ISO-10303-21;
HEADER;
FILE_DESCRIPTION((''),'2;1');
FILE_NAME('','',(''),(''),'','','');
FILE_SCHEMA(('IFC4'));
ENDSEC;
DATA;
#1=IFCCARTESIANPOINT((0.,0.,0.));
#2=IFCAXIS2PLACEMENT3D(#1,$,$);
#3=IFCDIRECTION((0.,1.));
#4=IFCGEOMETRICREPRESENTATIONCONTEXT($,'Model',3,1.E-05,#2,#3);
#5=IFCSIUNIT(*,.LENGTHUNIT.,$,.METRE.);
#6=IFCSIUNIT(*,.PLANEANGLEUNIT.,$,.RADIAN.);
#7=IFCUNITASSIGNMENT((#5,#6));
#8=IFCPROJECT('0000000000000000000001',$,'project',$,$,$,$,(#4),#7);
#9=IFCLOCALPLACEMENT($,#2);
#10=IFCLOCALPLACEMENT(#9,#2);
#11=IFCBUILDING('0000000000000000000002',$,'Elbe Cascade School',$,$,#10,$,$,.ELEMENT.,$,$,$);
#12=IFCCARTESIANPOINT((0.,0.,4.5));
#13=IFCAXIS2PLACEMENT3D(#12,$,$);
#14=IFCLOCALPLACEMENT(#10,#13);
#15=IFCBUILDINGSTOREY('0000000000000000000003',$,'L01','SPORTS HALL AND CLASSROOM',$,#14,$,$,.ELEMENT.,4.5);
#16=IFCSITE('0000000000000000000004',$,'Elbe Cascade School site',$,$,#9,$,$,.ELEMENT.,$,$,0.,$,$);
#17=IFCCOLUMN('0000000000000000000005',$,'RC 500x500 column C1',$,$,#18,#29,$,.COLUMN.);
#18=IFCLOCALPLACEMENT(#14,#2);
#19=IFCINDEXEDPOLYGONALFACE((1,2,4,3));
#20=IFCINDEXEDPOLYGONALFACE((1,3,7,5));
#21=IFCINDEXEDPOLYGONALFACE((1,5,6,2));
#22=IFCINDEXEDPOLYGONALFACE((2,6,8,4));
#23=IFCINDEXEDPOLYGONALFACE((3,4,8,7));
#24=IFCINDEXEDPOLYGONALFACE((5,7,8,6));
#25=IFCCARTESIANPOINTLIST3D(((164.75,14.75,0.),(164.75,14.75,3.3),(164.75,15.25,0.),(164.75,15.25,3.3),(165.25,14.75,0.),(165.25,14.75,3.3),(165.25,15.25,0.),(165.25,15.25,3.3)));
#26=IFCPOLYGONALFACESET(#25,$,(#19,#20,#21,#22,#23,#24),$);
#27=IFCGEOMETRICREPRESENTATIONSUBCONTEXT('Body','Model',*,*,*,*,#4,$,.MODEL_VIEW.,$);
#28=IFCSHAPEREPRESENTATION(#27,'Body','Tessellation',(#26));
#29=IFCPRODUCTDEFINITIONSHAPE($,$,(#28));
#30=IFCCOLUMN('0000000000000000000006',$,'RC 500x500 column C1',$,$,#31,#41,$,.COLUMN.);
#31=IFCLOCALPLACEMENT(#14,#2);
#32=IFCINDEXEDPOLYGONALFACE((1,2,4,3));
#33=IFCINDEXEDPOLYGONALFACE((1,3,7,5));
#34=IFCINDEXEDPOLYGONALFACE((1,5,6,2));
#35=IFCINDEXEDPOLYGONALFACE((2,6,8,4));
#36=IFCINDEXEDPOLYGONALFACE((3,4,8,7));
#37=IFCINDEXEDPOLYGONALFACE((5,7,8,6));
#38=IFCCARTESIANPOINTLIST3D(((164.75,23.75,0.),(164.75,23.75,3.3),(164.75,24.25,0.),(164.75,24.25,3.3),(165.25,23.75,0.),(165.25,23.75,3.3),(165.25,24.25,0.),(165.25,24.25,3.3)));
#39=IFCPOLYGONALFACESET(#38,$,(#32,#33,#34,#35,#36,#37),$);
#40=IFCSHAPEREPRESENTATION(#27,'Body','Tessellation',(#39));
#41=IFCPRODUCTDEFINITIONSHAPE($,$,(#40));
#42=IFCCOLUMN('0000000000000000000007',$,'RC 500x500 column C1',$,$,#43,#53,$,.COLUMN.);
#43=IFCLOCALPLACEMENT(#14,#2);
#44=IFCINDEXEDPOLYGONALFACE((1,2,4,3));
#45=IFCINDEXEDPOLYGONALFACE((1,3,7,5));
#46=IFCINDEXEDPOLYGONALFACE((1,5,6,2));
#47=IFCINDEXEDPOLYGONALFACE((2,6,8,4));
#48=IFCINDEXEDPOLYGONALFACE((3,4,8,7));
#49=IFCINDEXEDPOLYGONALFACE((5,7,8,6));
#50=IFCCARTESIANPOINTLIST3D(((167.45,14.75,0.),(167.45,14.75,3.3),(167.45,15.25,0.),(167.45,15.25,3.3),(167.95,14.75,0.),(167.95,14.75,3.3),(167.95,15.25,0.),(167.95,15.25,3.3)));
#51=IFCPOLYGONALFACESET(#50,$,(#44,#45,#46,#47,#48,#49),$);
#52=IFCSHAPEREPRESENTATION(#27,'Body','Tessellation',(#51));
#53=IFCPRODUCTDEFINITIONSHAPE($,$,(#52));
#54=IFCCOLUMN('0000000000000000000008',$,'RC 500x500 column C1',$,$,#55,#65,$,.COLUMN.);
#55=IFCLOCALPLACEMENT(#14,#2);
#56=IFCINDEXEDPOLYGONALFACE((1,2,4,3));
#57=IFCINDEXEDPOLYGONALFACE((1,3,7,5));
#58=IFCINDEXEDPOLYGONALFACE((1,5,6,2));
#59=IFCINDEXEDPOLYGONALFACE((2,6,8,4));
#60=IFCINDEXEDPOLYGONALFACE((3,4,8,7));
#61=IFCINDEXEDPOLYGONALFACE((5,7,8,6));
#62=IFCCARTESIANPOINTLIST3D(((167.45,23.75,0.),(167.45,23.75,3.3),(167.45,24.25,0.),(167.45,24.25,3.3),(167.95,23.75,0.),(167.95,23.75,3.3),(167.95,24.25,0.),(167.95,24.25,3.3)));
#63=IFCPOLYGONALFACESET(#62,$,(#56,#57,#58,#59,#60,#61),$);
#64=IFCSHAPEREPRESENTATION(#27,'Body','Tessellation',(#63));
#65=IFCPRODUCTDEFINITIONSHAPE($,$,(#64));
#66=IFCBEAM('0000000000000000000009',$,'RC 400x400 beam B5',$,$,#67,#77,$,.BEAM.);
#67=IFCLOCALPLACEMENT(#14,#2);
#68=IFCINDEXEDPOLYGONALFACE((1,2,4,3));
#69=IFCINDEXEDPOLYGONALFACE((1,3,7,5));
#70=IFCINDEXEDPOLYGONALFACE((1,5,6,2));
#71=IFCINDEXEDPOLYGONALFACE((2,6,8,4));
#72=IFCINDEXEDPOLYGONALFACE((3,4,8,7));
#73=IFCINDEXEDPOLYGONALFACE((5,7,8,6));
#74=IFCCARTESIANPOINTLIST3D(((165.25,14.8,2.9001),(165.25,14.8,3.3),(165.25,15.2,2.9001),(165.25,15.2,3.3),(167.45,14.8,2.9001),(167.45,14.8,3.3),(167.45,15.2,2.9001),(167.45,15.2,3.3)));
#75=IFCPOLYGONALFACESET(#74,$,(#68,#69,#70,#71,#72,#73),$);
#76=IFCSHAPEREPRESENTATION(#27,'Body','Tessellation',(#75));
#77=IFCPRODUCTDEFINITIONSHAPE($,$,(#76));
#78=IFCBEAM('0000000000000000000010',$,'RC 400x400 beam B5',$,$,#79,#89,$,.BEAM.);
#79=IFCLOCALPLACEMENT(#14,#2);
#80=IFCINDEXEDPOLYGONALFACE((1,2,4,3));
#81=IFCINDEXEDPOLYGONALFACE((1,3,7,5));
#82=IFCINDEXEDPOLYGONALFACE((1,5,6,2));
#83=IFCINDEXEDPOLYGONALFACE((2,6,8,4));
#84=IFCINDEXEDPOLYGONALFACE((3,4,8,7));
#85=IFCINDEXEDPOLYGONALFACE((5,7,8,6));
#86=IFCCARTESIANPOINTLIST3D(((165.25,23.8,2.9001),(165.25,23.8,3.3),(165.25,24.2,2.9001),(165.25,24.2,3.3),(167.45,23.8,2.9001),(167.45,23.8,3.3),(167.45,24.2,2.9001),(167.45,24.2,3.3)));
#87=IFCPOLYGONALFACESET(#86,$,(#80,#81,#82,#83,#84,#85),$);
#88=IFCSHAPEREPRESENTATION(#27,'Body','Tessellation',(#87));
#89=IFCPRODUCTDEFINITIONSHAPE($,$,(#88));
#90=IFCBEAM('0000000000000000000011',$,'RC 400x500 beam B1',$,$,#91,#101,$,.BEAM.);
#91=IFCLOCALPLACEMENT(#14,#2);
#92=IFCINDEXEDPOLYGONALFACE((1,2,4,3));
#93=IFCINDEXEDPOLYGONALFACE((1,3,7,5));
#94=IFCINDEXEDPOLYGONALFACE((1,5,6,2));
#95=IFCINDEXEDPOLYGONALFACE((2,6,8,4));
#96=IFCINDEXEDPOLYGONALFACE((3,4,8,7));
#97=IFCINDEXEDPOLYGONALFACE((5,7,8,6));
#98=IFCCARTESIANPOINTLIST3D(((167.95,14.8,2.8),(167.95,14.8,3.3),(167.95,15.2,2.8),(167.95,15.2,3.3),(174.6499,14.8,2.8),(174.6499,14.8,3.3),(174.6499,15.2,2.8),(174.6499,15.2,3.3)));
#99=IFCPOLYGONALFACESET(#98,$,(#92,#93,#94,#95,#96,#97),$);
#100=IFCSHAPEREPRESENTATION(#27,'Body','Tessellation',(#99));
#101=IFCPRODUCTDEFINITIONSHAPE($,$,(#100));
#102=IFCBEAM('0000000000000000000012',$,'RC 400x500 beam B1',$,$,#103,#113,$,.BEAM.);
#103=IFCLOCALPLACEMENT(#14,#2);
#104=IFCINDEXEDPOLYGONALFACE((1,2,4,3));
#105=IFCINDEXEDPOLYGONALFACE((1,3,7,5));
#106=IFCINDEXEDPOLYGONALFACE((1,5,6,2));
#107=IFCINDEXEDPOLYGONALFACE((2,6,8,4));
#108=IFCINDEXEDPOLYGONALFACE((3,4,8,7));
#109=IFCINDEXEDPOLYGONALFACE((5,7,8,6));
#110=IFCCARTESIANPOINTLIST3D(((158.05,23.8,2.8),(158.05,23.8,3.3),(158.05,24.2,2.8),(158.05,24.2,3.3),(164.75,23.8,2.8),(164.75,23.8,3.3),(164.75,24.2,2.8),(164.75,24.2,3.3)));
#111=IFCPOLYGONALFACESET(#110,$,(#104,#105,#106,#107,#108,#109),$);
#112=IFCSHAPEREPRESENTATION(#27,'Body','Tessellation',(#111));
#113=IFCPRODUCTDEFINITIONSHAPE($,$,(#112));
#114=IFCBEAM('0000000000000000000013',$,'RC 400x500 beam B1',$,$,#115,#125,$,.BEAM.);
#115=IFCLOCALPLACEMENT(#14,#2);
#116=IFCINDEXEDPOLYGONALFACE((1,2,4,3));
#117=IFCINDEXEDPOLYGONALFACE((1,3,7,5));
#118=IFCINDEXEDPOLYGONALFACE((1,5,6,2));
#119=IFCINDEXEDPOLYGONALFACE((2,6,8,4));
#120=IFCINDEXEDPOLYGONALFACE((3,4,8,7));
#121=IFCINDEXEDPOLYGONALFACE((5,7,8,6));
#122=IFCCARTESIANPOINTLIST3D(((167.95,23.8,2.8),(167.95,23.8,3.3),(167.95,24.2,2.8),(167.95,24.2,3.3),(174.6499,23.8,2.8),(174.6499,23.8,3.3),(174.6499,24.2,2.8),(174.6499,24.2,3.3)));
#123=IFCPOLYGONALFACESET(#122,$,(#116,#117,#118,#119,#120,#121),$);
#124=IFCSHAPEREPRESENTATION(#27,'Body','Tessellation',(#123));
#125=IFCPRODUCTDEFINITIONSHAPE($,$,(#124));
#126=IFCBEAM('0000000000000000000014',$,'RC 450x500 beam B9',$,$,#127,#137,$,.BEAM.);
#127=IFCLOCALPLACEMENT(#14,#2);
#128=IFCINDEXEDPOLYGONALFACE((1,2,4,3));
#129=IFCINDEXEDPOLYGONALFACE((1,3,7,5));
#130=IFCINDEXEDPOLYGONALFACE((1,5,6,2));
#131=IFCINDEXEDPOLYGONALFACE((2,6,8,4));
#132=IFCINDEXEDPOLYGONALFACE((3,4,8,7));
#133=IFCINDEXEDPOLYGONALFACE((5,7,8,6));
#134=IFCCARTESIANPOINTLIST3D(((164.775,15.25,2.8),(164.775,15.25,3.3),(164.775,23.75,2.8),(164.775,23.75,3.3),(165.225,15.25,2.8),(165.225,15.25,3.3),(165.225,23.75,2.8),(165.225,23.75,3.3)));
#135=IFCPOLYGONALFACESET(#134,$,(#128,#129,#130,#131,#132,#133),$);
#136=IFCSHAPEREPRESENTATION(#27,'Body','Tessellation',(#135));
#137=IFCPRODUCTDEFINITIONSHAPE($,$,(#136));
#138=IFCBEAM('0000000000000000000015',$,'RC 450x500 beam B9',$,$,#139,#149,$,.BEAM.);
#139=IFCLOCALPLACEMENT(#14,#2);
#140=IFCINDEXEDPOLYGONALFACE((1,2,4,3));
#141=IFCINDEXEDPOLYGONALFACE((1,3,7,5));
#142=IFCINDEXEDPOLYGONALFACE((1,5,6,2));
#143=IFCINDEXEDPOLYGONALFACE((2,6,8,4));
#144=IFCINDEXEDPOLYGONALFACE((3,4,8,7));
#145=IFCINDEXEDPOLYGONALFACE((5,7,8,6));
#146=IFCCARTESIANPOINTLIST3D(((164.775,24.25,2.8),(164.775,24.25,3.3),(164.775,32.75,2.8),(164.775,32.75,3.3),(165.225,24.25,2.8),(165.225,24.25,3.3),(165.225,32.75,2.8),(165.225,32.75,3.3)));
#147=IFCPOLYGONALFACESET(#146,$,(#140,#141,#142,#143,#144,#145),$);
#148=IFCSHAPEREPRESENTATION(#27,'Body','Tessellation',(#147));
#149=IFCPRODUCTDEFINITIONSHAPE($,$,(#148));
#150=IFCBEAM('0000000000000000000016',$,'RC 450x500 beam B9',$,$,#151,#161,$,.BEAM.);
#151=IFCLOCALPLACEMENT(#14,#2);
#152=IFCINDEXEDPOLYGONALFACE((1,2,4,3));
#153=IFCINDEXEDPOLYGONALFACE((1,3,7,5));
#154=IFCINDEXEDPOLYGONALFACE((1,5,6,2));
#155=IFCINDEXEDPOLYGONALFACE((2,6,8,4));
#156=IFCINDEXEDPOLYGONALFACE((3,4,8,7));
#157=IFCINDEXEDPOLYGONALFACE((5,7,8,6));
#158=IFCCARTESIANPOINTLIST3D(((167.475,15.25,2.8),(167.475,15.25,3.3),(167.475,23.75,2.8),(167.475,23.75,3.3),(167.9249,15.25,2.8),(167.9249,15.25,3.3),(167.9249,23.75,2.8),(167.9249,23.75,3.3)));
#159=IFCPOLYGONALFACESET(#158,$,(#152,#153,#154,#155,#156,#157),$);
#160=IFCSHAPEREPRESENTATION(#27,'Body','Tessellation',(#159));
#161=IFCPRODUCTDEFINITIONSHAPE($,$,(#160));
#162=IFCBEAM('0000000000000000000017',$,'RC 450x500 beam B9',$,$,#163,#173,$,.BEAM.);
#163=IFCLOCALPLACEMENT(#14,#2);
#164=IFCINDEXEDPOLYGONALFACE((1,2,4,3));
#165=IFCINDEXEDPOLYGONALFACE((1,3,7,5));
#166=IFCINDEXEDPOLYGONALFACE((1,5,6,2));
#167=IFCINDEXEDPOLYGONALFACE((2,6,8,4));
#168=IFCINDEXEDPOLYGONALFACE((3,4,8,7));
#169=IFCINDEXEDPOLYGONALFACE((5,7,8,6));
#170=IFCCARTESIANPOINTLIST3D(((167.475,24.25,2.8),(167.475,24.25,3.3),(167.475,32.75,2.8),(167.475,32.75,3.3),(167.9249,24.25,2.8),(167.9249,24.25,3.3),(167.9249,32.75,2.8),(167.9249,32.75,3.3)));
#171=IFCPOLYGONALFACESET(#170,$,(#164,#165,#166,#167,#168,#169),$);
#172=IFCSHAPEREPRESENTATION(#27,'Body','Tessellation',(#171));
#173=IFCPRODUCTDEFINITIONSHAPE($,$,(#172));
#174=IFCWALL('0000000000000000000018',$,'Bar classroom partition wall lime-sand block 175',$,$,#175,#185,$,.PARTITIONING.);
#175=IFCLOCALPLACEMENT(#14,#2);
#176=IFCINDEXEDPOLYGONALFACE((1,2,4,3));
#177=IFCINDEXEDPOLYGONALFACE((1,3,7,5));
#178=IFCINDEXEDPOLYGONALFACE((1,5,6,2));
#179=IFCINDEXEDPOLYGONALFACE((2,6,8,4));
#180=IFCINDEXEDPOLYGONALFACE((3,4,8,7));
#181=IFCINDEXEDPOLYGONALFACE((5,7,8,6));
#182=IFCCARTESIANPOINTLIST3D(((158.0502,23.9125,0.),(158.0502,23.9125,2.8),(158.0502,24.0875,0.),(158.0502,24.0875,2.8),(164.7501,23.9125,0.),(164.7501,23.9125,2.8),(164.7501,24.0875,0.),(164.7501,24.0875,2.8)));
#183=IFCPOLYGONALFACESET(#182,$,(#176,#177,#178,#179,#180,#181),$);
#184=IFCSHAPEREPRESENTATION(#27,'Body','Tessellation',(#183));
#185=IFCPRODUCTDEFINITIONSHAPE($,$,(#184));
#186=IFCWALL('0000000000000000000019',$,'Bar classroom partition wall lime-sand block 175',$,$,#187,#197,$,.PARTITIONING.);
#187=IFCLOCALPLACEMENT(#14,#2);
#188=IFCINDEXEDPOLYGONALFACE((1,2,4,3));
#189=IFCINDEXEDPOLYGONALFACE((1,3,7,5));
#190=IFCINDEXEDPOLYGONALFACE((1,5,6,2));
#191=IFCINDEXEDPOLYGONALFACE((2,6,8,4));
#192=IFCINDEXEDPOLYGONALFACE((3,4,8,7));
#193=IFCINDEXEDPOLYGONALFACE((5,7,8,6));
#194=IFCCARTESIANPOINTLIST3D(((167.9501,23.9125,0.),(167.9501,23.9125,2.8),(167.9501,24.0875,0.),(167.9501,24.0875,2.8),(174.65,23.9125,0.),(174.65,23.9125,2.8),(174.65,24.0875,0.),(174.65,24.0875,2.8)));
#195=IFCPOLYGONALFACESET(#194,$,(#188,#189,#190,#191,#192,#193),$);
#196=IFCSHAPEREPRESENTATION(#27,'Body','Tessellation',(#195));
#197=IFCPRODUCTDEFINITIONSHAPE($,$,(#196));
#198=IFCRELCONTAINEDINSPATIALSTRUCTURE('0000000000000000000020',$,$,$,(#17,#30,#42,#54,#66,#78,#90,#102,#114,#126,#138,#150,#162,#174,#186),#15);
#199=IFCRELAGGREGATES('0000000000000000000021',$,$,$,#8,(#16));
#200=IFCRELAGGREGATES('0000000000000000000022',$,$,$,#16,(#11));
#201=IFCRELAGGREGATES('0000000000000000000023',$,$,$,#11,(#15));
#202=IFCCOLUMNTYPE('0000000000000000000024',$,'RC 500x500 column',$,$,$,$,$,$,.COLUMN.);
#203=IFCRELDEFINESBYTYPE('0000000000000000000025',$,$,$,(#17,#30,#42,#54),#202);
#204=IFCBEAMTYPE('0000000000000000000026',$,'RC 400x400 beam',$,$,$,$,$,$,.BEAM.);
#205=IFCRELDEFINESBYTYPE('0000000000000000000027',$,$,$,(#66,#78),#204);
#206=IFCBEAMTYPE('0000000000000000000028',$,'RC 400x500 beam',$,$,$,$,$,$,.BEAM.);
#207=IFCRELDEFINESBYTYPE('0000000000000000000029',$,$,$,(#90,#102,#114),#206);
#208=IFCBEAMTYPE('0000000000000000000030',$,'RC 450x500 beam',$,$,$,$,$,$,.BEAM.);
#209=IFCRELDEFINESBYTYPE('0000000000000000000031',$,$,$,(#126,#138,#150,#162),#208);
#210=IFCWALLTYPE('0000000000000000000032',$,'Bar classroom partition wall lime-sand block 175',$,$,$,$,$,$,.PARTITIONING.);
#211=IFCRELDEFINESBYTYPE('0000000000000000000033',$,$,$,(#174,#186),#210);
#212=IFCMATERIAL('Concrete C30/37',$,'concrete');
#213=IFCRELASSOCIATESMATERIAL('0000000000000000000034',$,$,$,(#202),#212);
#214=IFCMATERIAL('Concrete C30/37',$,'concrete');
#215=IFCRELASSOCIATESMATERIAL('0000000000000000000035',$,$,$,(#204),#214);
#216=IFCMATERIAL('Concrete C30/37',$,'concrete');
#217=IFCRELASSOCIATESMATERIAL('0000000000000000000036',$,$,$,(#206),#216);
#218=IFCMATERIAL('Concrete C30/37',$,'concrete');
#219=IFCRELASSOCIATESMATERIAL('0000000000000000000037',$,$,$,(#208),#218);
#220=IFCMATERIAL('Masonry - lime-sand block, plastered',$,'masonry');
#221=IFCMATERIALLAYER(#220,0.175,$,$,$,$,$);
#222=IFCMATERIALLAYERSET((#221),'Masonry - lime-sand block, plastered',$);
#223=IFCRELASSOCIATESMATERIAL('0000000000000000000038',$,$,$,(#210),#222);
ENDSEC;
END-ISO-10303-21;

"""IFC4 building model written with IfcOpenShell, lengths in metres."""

from ifc_helpers import new_model, si_unit, direction, frame, frame_2d, origin, origin_2d, place, context, subcontext, project, spatial, rectangle, extrude, material, layer, layer_set, material_profile, profile_set, type_object, element, save


model = new_model("IFC4")

# Units and contexts
model_context = context("Model", 3, precision=1e-05, world=origin(), true_north=direction((0.0, 1.0)))
body_context = subcontext(model_context, "Body", "Model", "MODEL_VIEW")
ifc_project = project(units=[si_unit("LENGTHUNIT", "METRE"), si_unit("PLANEANGLEUNIT", "RADIAN")], contexts=[model_context])

# Site, building, storey
site_placement = place(None, origin())
site = spatial("IfcSite", under=ifc_project, at=site_placement, Name="Elbe Cascade School site", CompositionType="ELEMENT", RefElevation=0.0)
building_placement = place(site_placement, origin())
building = spatial("IfcBuilding", under=site, at=building_placement, Name="Elbe Cascade School", CompositionType="ELEMENT")
storey_placement = place(building_placement, frame((0.0, 0.0, 4.5)))
storey = spatial("IfcBuildingStorey", under=building, at=storey_placement, Name="L01", Description="SPORTS HALL AND CLASSROOM", CompositionType="ELEMENT", Elevation=4.5)

# Columns
ifc_material_1 = material(Name="Concrete C30/37", Category="concrete")
ifc_material_profile_1 = material_profile(ifc_material_1, rectangle(XDim=0.5, YDim=0.5, at=origin_2d()), Name="RC 500x500")
ifc_profile_set_1 = profile_set([ifc_material_profile_1], Name="Concrete C30/37")
column_type = type_object("IfcColumnType", Name="RC 500x500 column", PredefinedType="COLUMN", material=ifc_profile_set_1)
for number, where, z_axis, x_axis, name in (
    (1, (165.0, 15.0, 0.0), (0.0, 0.0, 1.0), (1.0, 0.0, 0.0), "RC 500x500 column C1"),
    (2, (165.0, 24.0, 0.0), (0.0, 0.0, 1.0), (1.0, 0.0, 0.0), "RC 500x500 column C1"),
    (3, (167.7, 15.0, 0.0), (0.0, 0.0, 1.0), (1.0, 0.0, 0.0), "RC 500x500 column C1"),
    (4, (167.7, 24.0, 0.0), (0.0, 0.0, 1.0), (1.0, 0.0, 0.0), "RC 500x500 column C1"),
):
    element("IfcColumn", number, at=place(storey_placement, frame(where, z_axis=z_axis, x_axis=x_axis)), inside=storey, type_object=column_type, Name=name, PredefinedType="COLUMN", context=body_context, shape_type="SweptSolid", body=[
        extrude(rectangle(XDim=0.5, YDim=0.5, at=origin_2d()), origin(), (0.0, 0.0, 1.0), 3.3),
    ])

# Beams
ifc_material_2 = material(Name="Concrete C30/37", Category="concrete")
ifc_material_profile_2 = material_profile(ifc_material_2, rectangle(XDim=0.3999, YDim=0.3999, at=origin_2d()), Name="RC 400x400")
ifc_profile_set_2 = profile_set([ifc_material_profile_2], Name="Concrete C30/37")
beam_type_1 = type_object("IfcBeamType", Name="RC 400x400 beam", PredefinedType="BEAM", material=ifc_profile_set_2)
for number, where, z_axis, x_axis, name in (
    (5, (165.25, 15.0, 3.1001), (1.0, 0.0, 0.0), (0.0, 1.0, 0.0), "RC 400x400 beam B5"),
    (6, (165.25, 24.0, 3.1001), (1.0, 0.0, 0.0), (0.0, 1.0, 0.0), "RC 400x400 beam B5"),
):
    element("IfcBeam", number, at=place(storey_placement, frame(where, z_axis=z_axis, x_axis=x_axis)), inside=storey, type_object=beam_type_1, Name=name, PredefinedType="BEAM", context=body_context, shape_type="SweptSolid", body=[
        extrude(rectangle(XDim=0.3999, YDim=0.3999, at=origin_2d()), origin(), (0.0, 0.0, 1.0), 2.2),
    ])
ifc_material_3 = material(Name="Concrete C30/37", Category="concrete")
ifc_material_profile_3 = material_profile(ifc_material_3, rectangle(XDim=0.3999, YDim=0.5, at=origin_2d()), Name="RC 400x500")
ifc_profile_set_3 = profile_set([ifc_material_profile_3], Name="Concrete C30/37")
beam_type_2 = type_object("IfcBeamType", Name="RC 400x500 beam", PredefinedType="BEAM", material=ifc_profile_set_3)
for number, where, z_axis, x_axis, name in (
    (7, (167.95, 15.0, 3.05), (1.0, 0.0, 0.0), (0.0, 1.0, 0.0), "RC 400x500 beam B1"),
    (8, (158.05, 24.0, 3.05), (1.0, 0.0, 0.0), (0.0, 1.0, 0.0), "RC 400x500 beam B1"),
    (9, (167.95, 24.0, 3.05), (1.0, 0.0, 0.0), (0.0, 1.0, 0.0), "RC 400x500 beam B1"),
):
    element("IfcBeam", number, at=place(storey_placement, frame(where, z_axis=z_axis, x_axis=x_axis)), inside=storey, type_object=beam_type_2, Name=name, PredefinedType="BEAM", context=body_context, shape_type="SweptSolid", body=[
        extrude(rectangle(XDim=0.3999, YDim=0.5, at=origin_2d()), origin(), (0.0, 0.0, 1.0), 6.7),
    ])
ifc_material_4 = material(Name="Concrete C30/37", Category="concrete")
ifc_material_profile_4 = material_profile(ifc_material_4, rectangle(XDim=0.45, YDim=0.5, at=origin_2d()), Name="RC 450x500")
ifc_profile_set_4 = profile_set([ifc_material_profile_4], Name="Concrete C30/37")
beam_type_3 = type_object("IfcBeamType", Name="RC 450x500 beam", PredefinedType="BEAM", material=ifc_profile_set_4)
for number, where, z_axis, x_axis, name in (
    (10, (165.0, 15.25, 3.05), (0.0, 1.0, 0.0), (-1.0, 0.0, 0.0), "RC 450x500 beam B9"),
    (11, (165.0, 24.25, 3.05), (0.0, 1.0, 0.0), (-1.0, 0.0, 0.0), "RC 450x500 beam B9"),
    (12, (167.7, 15.25, 3.05), (0.0, 1.0, 0.0), (-1.0, 0.0, 0.0), "RC 450x500 beam B9"),
    (13, (167.7, 24.25, 3.05), (0.0, 1.0, 0.0), (-1.0, 0.0, 0.0), "RC 450x500 beam B9"),
):
    element("IfcBeam", number, at=place(storey_placement, frame(where, z_axis=z_axis, x_axis=x_axis)), inside=storey, type_object=beam_type_3, Name=name, PredefinedType="BEAM", context=body_context, shape_type="SweptSolid", body=[
        extrude(rectangle(XDim=0.45, YDim=0.5, at=origin_2d()), origin(), (0.0, 0.0, 1.0), 8.5),
    ])

# Walls
ifc_material_5 = material(Name="Masonry - lime-sand block, plastered", Category="masonry")
ifc_layer_1 = layer(ifc_material_5, 0.175)
ifc_layer_set_1 = layer_set([ifc_layer_1], Name="Masonry - lime-sand block, plastered")
wall_type_1 = type_object("IfcWallType", Name="Bar classroom partition wall lime-sand block 175", PredefinedType="PARTITIONING", material=ifc_layer_set_1)
for number, where, z_axis, x_axis, name in (
    (14, (158.05, 24.0, 0.0), (0.0, 0.0, 1.0), (1.0, 0.0, 0.0), "Bar classroom partition wall lime-sand block 175"),
    (15, (167.95, 24.0, 0.0), (0.0, 0.0, 1.0), (1.0, 0.0, 0.0), "Bar classroom partition wall lime-sand block 175"),
):
    element("IfcWall", number, at=place(storey_placement, frame(where, z_axis=z_axis, x_axis=x_axis)), inside=storey, type_object=wall_type_1, Name=name, PredefinedType="PARTITIONING", context=body_context, shape_type="SweptSolid", body=[
        extrude(rectangle(XDim=6.7, YDim=0.175, at=frame_2d((3.3501, 0.0))), origin(), (0.0, 0.0, 1.0), 2.8),
    ])

save(model, "model.ifc")
